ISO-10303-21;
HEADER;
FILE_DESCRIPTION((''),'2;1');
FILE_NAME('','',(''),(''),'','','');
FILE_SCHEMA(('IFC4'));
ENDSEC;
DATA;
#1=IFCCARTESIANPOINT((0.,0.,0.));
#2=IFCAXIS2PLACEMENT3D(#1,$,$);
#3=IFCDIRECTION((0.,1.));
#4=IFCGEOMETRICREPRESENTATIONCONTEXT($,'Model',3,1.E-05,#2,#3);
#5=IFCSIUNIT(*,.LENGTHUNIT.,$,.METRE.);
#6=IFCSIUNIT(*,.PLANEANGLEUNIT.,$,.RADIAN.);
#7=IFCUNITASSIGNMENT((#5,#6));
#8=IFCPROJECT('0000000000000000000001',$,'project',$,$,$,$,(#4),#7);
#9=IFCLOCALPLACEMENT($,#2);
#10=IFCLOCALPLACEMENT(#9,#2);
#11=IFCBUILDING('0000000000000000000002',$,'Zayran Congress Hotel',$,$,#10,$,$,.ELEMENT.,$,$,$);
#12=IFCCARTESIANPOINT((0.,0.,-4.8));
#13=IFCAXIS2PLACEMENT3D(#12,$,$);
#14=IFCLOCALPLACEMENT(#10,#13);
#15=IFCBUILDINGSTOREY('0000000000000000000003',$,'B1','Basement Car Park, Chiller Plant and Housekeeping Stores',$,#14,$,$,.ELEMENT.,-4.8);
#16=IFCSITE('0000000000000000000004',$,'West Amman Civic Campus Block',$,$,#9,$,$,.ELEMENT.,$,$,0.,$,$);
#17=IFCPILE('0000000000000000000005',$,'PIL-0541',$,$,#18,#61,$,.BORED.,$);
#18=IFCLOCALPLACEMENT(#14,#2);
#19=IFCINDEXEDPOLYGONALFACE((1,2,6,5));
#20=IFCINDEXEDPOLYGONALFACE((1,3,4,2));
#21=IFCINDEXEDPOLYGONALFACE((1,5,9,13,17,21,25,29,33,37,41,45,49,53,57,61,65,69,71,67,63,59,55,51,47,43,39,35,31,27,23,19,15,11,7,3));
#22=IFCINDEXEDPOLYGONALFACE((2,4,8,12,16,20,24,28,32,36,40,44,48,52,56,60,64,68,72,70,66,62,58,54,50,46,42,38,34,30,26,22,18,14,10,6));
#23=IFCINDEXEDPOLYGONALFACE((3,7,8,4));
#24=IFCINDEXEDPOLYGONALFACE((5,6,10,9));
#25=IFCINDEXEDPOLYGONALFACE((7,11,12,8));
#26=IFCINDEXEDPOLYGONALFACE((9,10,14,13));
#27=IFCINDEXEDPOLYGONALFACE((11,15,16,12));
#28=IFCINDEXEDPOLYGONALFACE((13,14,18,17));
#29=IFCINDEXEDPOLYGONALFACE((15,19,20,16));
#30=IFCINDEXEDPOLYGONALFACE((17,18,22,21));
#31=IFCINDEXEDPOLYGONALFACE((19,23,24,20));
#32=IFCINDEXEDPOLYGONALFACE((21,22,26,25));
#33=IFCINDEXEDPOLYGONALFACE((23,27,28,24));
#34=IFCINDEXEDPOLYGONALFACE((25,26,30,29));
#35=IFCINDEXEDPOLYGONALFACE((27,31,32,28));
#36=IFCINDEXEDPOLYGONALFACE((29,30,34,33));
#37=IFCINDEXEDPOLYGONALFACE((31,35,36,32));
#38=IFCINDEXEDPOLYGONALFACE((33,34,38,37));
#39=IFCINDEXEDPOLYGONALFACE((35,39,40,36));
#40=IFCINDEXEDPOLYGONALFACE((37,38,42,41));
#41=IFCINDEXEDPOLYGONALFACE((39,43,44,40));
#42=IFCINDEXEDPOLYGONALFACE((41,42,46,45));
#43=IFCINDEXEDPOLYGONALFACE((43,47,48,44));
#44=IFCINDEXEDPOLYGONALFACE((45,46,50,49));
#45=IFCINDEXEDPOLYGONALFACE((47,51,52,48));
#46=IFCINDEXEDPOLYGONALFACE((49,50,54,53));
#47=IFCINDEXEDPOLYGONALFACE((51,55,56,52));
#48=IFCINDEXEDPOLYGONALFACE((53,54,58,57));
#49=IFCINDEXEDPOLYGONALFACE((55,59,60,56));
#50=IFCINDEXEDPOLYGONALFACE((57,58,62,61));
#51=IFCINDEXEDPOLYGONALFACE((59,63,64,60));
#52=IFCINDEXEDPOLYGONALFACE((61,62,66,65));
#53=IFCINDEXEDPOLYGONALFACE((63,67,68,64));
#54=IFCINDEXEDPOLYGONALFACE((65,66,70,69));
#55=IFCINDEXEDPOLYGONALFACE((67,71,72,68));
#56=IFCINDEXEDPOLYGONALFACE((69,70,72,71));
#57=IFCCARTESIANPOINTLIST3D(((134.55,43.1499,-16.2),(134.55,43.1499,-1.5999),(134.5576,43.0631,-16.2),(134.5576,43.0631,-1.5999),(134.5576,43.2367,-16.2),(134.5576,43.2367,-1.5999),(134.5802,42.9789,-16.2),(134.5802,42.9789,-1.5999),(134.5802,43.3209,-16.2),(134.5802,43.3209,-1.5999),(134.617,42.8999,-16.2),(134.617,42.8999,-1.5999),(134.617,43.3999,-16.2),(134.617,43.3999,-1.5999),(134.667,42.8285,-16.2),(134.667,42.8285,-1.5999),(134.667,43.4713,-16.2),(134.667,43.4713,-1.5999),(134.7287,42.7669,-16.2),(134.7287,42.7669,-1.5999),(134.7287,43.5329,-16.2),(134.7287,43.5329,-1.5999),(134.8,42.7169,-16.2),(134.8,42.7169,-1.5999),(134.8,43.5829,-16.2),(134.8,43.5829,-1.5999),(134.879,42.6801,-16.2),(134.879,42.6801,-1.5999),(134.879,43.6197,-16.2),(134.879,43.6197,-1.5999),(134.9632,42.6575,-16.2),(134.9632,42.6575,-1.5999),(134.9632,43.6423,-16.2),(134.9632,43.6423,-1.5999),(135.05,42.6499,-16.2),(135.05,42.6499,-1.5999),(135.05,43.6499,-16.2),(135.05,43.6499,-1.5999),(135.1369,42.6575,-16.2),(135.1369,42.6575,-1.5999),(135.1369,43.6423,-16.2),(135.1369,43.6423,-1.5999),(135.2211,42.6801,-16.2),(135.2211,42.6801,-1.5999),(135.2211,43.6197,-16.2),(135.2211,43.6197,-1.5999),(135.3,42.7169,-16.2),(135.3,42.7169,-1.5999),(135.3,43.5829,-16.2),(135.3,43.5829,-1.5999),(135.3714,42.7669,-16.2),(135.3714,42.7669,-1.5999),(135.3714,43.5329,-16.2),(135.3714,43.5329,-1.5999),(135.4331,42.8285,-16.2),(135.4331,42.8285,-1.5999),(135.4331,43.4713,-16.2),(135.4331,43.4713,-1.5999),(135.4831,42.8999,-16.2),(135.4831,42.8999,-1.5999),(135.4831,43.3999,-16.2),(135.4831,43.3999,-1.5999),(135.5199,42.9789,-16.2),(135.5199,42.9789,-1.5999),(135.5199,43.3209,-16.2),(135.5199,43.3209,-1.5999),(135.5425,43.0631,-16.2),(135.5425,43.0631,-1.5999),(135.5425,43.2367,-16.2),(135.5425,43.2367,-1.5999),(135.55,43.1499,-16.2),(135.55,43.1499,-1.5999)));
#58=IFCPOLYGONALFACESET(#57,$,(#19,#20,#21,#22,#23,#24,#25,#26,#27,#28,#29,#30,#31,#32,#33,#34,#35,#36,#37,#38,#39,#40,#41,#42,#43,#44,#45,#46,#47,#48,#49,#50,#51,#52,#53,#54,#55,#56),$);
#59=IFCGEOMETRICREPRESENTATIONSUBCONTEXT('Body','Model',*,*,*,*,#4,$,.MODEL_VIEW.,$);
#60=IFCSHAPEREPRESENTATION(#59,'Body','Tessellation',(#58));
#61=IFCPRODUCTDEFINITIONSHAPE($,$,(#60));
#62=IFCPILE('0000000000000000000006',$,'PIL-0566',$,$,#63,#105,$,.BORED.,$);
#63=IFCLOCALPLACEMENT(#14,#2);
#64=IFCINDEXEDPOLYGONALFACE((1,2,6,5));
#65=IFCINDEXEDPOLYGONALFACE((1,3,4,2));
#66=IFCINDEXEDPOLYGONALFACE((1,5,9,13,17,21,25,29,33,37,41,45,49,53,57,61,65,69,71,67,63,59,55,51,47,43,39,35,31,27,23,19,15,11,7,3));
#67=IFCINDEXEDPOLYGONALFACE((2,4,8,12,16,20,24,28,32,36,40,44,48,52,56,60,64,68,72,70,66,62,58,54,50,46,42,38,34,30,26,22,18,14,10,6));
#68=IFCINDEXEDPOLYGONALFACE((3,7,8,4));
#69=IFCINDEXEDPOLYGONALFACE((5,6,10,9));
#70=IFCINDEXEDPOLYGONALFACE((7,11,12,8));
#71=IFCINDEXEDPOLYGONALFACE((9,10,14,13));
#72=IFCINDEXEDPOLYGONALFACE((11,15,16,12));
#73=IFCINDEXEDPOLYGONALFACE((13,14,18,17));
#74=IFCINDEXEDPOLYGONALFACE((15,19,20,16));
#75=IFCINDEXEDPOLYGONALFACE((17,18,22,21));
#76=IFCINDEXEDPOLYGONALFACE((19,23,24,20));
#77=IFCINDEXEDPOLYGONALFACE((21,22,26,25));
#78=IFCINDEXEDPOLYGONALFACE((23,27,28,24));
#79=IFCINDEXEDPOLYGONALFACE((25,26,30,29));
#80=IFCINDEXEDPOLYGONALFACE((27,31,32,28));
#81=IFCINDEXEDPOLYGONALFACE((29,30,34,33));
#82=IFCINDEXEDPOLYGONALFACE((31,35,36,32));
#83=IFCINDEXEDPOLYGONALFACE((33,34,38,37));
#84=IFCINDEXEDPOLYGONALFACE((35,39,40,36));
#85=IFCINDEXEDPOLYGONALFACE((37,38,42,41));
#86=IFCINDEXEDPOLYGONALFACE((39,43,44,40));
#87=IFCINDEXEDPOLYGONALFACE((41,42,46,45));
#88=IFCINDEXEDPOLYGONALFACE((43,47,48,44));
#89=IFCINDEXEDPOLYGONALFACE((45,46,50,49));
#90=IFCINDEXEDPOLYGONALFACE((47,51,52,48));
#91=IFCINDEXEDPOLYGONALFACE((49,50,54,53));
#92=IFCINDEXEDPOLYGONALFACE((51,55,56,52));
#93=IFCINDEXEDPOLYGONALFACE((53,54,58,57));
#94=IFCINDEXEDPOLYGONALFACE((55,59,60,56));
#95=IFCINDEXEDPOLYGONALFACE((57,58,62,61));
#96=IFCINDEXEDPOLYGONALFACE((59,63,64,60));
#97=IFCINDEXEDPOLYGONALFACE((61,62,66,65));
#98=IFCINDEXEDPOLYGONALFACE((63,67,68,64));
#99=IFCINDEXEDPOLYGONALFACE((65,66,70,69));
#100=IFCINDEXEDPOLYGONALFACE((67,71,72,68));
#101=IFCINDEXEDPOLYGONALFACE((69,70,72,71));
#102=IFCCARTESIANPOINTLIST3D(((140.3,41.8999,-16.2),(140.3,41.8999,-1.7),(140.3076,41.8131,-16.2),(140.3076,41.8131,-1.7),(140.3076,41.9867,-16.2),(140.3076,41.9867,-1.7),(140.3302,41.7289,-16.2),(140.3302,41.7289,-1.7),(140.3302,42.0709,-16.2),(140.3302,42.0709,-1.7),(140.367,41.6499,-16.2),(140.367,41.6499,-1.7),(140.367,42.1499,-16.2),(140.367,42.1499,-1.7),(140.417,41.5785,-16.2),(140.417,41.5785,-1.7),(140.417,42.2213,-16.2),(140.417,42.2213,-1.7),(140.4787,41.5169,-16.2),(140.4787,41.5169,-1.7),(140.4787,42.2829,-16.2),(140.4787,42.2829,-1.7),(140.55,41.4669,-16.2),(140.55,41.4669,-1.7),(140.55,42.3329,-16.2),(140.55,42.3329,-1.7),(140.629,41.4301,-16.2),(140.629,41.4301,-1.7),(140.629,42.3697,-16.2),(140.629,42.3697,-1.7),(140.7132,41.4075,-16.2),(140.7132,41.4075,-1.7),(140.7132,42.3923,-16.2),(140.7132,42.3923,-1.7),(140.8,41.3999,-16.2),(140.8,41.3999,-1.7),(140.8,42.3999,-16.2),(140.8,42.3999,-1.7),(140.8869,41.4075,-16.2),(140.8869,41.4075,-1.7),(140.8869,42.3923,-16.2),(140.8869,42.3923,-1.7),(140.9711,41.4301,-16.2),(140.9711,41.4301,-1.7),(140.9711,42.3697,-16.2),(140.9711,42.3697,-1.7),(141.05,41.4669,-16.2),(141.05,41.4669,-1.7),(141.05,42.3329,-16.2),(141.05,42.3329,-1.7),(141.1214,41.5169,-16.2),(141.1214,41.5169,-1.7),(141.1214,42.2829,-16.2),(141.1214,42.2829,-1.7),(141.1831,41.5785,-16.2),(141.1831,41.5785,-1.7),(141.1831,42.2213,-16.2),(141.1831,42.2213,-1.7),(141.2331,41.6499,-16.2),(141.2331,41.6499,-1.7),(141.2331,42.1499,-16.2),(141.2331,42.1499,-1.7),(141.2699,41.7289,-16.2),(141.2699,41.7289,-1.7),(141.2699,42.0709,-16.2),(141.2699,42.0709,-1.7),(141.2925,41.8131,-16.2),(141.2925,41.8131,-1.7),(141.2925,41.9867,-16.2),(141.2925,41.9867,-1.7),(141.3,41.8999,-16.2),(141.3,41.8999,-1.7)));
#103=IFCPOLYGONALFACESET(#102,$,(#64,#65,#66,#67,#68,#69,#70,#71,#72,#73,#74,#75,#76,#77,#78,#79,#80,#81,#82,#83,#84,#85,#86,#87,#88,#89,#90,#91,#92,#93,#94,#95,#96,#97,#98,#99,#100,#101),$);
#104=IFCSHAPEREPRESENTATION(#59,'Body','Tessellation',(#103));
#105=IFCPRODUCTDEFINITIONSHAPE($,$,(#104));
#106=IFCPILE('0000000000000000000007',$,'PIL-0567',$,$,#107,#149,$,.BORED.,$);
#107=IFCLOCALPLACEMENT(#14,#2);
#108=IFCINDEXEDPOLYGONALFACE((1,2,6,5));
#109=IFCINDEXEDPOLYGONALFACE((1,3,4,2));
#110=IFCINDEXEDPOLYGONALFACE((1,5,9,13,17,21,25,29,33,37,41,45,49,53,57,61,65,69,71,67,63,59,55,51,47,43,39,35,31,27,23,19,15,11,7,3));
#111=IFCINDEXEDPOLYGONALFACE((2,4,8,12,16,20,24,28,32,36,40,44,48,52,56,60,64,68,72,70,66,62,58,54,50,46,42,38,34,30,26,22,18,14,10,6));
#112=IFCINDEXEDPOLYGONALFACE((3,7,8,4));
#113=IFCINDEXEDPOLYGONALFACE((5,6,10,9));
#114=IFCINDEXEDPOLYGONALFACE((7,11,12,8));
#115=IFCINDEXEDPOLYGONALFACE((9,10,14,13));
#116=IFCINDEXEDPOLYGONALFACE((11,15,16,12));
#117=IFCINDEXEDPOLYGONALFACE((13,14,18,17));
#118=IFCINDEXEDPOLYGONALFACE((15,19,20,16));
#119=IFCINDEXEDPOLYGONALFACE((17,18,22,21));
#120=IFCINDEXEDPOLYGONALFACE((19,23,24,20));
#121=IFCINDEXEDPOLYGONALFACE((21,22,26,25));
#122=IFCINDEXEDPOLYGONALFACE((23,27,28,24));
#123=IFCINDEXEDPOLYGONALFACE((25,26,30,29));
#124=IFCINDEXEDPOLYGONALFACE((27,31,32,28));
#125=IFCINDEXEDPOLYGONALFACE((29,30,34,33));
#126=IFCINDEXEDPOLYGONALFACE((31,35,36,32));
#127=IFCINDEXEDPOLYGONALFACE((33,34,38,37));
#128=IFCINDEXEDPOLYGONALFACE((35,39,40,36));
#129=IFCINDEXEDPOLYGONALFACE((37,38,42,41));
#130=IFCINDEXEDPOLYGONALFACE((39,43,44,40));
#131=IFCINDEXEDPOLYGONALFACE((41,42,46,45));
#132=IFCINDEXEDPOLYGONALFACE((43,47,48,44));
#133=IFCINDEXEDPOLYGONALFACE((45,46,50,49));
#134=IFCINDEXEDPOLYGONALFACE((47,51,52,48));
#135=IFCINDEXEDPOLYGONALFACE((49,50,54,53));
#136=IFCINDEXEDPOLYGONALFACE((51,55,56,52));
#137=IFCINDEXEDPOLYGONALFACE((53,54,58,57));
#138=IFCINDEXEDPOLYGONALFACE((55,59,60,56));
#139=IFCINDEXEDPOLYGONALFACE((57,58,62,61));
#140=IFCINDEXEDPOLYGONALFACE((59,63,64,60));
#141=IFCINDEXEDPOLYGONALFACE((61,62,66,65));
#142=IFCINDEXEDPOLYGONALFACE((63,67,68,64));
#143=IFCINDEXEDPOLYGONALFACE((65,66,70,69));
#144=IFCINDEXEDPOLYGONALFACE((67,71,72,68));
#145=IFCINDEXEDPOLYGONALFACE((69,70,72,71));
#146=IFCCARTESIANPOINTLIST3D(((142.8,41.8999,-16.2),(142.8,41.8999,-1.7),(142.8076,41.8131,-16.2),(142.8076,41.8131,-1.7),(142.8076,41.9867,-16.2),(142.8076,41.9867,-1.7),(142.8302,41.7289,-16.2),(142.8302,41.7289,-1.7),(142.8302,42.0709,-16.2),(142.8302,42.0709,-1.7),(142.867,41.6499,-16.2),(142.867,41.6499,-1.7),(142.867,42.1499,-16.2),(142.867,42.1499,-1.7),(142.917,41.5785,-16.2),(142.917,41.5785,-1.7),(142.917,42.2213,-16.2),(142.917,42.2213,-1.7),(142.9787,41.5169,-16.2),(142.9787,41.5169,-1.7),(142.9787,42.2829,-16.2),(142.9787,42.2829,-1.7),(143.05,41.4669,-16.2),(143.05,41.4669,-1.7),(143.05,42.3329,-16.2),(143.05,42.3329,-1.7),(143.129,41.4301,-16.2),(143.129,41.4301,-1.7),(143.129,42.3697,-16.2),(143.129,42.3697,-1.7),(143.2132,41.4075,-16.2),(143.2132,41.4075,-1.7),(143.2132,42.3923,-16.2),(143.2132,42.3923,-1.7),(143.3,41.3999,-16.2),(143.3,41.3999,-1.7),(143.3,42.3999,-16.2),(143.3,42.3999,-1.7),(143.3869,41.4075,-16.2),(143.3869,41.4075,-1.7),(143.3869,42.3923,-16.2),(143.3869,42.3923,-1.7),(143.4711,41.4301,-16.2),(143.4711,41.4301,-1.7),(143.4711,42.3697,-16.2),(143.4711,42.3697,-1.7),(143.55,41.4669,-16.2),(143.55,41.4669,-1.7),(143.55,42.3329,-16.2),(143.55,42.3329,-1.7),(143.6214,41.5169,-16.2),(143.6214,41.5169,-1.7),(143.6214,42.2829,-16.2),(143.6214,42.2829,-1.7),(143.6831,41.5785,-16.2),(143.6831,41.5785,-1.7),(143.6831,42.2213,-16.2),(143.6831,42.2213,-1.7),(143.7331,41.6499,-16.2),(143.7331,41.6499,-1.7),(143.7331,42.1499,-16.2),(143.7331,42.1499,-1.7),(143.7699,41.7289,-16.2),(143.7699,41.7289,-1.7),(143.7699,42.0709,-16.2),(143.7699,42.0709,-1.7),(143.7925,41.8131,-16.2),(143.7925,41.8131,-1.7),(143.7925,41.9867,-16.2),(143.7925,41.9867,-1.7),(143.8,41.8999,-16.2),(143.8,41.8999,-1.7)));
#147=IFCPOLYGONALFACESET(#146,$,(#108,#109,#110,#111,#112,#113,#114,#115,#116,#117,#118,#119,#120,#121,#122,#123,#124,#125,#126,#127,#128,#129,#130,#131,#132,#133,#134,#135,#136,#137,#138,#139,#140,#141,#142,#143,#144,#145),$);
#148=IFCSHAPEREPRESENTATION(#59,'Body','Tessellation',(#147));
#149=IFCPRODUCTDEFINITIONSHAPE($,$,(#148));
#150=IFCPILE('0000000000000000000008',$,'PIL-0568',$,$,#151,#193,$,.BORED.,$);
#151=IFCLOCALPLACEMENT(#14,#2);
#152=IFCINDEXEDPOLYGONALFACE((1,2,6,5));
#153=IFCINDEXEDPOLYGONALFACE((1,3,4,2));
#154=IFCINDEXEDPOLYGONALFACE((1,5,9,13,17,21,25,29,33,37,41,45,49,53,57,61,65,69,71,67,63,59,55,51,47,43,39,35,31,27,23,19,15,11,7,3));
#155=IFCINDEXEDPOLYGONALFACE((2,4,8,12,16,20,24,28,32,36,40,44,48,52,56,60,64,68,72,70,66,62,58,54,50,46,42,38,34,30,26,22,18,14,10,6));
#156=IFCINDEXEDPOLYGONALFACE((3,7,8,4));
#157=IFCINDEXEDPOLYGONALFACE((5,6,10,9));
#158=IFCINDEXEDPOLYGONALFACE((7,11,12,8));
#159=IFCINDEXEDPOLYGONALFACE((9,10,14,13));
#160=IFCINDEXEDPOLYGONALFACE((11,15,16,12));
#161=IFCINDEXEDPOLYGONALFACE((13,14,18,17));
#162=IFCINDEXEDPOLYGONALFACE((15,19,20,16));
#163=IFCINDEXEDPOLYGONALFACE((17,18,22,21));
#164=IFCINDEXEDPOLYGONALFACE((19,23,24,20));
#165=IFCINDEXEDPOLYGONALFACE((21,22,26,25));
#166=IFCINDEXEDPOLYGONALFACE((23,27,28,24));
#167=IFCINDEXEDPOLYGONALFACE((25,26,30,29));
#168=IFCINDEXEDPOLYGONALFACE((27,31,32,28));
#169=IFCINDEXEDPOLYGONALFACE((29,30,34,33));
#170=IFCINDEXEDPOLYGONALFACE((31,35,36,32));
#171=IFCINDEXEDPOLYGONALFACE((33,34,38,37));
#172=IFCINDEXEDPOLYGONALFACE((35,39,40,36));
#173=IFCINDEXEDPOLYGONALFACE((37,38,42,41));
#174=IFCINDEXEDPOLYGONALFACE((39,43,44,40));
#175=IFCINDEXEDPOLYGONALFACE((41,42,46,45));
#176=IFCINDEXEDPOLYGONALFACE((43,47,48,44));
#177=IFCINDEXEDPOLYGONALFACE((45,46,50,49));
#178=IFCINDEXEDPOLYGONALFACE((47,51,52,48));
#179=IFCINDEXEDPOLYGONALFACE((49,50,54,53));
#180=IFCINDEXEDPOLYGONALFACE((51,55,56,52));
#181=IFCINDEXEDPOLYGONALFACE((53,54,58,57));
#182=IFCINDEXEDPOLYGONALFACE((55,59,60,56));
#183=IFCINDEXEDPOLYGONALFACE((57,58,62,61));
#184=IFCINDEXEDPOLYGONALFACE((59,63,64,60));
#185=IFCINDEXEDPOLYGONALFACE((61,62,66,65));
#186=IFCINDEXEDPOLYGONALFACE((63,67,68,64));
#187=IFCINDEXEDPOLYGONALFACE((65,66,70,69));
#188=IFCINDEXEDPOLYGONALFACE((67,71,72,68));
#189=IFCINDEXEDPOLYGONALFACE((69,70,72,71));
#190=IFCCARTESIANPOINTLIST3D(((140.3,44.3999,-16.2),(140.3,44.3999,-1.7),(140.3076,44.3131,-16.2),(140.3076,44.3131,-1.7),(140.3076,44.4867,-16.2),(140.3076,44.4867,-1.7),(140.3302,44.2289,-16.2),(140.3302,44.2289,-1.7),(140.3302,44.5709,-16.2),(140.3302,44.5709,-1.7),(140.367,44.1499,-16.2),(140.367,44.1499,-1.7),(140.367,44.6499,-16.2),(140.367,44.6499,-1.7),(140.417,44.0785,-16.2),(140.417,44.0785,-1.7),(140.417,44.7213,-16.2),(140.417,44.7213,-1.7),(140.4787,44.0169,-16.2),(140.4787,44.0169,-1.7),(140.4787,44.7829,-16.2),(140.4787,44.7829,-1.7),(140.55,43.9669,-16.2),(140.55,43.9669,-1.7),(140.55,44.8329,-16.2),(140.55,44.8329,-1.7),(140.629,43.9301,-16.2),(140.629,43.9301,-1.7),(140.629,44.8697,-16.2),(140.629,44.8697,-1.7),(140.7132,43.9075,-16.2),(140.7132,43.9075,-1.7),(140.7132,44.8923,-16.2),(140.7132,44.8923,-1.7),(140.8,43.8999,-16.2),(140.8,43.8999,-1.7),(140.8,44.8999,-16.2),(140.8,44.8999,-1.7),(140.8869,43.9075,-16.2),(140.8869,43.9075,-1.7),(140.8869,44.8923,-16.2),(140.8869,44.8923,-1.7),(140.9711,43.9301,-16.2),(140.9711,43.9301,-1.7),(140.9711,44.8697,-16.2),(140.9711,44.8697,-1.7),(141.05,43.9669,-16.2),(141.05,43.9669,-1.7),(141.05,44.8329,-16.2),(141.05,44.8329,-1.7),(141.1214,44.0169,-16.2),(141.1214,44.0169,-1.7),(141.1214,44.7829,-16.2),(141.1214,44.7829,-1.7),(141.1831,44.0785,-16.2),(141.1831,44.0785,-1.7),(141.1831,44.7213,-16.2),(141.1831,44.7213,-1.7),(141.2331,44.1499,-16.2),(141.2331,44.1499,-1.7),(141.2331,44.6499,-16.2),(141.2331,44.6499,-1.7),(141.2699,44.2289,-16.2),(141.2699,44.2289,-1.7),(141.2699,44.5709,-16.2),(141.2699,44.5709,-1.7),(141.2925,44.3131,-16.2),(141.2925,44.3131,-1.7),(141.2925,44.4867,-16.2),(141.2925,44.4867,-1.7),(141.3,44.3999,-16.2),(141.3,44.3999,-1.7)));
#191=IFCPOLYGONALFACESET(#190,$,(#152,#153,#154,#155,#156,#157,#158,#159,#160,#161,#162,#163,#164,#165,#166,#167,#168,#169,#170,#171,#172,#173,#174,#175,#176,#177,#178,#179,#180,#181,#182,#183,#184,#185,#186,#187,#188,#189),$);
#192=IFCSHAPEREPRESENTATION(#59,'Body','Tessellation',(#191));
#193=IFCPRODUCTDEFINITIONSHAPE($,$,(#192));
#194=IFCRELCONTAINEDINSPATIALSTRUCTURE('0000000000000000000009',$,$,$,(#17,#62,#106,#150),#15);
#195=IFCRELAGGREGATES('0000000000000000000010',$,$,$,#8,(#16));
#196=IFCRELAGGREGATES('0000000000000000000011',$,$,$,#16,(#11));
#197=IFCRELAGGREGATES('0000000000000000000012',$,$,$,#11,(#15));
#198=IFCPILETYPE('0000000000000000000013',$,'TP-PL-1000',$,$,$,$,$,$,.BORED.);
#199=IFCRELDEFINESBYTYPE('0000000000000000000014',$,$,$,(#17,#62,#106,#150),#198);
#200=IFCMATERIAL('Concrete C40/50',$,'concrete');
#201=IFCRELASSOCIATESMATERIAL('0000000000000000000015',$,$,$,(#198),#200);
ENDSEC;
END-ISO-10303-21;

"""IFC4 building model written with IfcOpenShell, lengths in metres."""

from ifc_helpers import new_model, si_unit, direction, frame, origin, origin_2d, place, context, subcontext, project, spatial, circle, extrude, material, material_profile, profile_set, type_object, element, save


model = new_model("IFC4")

# Units and contexts
model_context = context("Model", 3, precision=1e-05, world=origin(), true_north=direction((0.0, 1.0)))
body_context = subcontext(model_context, "Body", "Model", "MODEL_VIEW")
ifc_project = project(units=[si_unit("LENGTHUNIT", "METRE"), si_unit("PLANEANGLEUNIT", "RADIAN")], contexts=[model_context])

# Site, building, storey
site_placement = place(None, origin())
site = spatial("IfcSite", under=ifc_project, at=site_placement, Name="West Amman Civic Campus Block", CompositionType="ELEMENT", RefElevation=0.0)
building_placement = place(site_placement, origin())
building = spatial("IfcBuilding", under=site, at=building_placement, Name="Zayran Congress Hotel", CompositionType="ELEMENT")
storey_placement = place(building_placement, frame((0.0, 0.0, -4.8)))
storey = spatial("IfcBuildingStorey", under=building, at=storey_placement, Name="B1", Description="Basement Car Park, Chiller Plant and Housekeeping Stores", CompositionType="ELEMENT", Elevation=-4.8)

# Piles
ifc_material_1 = material(Name="Concrete C40/50", Category="concrete")
ifc_material_profile_1 = material_profile(ifc_material_1, circle(Radius=0.5, at=origin_2d()), Name="PILE D1000")
ifc_profile_set_1 = profile_set([ifc_material_profile_1], Name="Concrete C40/50")
pile_type_1 = type_object("IfcPileType", Name="TP-PL-1000", PredefinedType="BORED", material=ifc_profile_set_1)
for number, where, z_axis, x_axis, name in (
    (1, (135.05, 43.1499, -1.5999), (0.0, 0.0, -1.0), (1.0, 0.0, 0.0), "PIL-0541"),
):
    element("IfcPile", number, at=place(storey_placement, frame(where, z_axis=z_axis, x_axis=x_axis)), inside=storey, type_object=pile_type_1, Name=name, PredefinedType="BORED", context=body_context, shape_type="SweptSolid", body=[
        extrude(circle(Radius=0.5, at=origin_2d()), origin(), (0.0, 0.0, 1.0), 14.6001),
    ])
for number, where, z_axis, x_axis, name in (
    (2, (140.8, 41.8999, -1.7), (0.0, 0.0, -1.0), (1.0, 0.0, 0.0), "PIL-0566"),
    (3, (143.3, 41.8999, -1.7), (0.0, 0.0, -1.0), (1.0, 0.0, 0.0), "PIL-0567"),
    (4, (140.8, 44.3999, -1.7), (0.0, 0.0, -1.0), (1.0, 0.0, 0.0), "PIL-0568"),
):
    element("IfcPile", number, at=place(storey_placement, frame(where, z_axis=z_axis, x_axis=x_axis)), inside=storey, type_object=pile_type_1, Name=name, PredefinedType="BORED", context=body_context, shape_type="SweptSolid", body=[
        extrude(circle(Radius=0.5, at=origin_2d()), origin(), (0.0, 0.0, 1.0), 14.5),
    ])

save(model, "model.ifc")
